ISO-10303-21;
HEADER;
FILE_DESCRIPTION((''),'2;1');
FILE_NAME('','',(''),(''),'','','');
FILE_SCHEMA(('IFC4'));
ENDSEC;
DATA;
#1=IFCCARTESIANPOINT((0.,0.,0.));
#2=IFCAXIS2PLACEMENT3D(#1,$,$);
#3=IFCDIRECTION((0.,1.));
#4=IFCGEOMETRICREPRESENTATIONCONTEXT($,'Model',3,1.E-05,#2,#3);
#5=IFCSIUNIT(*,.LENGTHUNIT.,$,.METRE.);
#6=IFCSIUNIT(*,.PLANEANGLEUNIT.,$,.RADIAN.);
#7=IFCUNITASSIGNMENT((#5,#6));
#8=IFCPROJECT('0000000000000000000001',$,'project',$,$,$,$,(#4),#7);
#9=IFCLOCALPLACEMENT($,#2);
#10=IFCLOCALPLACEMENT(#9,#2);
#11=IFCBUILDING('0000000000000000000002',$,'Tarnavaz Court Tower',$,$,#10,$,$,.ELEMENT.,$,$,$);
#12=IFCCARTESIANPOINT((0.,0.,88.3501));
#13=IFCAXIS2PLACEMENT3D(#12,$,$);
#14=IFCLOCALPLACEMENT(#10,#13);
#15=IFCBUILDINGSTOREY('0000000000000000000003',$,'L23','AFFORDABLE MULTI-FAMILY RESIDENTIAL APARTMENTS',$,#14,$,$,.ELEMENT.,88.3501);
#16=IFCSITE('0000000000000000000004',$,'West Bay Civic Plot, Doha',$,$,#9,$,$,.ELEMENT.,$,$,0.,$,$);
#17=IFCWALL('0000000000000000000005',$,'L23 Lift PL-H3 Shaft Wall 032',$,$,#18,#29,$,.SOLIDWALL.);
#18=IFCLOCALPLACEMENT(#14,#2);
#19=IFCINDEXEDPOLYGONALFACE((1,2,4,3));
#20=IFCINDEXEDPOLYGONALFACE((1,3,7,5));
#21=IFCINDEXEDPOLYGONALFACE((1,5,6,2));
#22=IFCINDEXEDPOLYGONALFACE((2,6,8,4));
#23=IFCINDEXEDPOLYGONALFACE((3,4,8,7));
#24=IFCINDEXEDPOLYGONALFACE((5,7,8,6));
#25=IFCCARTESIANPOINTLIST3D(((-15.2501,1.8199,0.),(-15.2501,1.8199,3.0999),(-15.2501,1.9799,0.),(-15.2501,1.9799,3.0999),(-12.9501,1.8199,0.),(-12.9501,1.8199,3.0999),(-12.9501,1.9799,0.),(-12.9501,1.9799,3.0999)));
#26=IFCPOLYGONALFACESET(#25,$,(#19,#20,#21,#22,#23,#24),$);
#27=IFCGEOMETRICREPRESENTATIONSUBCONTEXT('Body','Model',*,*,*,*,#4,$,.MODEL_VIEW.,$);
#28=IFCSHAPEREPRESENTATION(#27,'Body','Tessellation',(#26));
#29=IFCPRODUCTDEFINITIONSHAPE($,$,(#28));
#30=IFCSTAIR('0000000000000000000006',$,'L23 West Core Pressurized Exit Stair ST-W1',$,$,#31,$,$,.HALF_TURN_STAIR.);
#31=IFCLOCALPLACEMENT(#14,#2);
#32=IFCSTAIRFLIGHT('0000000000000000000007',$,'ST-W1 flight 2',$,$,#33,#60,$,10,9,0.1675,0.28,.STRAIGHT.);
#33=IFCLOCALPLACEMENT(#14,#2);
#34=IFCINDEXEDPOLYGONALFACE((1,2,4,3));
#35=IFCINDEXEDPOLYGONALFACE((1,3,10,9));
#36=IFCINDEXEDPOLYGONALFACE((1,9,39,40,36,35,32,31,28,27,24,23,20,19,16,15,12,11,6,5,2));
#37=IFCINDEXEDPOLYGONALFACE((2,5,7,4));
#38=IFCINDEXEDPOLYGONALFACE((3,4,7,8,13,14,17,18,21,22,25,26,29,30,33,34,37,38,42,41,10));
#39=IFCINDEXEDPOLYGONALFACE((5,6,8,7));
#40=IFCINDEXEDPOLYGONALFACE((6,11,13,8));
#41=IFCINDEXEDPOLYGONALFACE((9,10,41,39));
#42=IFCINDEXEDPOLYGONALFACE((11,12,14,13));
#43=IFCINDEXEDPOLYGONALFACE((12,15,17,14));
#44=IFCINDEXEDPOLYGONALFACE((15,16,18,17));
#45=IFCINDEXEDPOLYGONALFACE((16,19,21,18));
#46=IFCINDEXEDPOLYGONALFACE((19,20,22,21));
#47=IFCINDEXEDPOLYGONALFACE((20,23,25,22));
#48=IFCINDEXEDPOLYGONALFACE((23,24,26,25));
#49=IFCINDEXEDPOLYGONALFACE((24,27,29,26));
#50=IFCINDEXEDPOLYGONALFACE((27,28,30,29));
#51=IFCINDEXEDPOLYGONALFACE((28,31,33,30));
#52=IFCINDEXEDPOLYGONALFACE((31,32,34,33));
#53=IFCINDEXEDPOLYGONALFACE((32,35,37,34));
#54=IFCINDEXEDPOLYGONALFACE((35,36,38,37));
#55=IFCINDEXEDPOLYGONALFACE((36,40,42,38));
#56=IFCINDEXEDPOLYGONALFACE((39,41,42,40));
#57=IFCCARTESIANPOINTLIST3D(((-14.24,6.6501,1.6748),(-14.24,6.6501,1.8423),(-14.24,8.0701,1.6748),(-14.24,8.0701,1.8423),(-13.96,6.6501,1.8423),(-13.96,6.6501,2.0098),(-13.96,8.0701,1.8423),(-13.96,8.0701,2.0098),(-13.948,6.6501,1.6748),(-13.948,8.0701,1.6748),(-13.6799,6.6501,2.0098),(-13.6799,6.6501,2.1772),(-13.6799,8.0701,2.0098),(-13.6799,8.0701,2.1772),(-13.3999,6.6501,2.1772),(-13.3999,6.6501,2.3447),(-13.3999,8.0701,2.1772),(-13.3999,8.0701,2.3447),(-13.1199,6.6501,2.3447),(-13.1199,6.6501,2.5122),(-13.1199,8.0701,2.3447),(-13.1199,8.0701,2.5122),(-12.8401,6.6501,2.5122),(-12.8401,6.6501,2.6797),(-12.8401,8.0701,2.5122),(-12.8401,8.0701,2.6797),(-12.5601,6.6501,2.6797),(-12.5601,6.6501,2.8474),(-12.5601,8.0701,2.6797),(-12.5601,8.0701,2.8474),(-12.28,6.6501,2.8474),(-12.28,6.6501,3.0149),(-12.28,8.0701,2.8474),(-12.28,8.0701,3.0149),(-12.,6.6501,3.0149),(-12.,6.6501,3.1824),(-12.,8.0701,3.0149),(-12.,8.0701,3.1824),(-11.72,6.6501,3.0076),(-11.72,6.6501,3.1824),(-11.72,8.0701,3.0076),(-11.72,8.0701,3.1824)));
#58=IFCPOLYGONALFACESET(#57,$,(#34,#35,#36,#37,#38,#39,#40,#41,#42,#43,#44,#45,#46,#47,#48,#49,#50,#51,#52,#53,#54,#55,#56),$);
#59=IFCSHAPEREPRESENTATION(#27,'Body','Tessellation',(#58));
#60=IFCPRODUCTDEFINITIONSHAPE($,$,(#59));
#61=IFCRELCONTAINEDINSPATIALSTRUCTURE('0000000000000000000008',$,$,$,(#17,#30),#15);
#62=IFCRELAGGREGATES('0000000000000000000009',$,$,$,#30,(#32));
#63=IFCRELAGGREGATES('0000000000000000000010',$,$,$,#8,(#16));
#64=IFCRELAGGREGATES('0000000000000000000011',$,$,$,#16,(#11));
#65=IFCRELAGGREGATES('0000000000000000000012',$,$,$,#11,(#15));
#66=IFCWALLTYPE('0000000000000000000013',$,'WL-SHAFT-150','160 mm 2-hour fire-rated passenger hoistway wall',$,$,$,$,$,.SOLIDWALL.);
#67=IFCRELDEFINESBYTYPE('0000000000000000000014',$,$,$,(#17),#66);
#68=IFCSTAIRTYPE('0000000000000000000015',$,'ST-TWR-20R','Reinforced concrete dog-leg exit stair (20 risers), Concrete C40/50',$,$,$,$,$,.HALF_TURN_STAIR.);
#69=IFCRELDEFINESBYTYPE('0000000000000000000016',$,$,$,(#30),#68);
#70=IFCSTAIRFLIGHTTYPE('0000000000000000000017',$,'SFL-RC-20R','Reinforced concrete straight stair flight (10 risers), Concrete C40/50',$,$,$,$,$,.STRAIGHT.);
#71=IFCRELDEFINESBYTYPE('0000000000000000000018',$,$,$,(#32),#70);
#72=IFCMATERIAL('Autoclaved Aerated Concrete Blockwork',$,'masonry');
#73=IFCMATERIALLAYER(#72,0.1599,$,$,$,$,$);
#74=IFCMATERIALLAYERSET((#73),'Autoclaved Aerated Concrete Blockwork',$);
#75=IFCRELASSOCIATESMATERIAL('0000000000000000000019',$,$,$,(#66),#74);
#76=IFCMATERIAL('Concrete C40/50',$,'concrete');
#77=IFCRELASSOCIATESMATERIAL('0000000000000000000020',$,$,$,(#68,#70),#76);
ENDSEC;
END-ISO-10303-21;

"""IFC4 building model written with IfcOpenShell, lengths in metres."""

from ifc_helpers import new_model, si_unit, direction, frame, frame_2d, origin, place, context, subcontext, project, spatial, polyline, rectangle, outline, extrude, material, layer, layer_set, type_object, element, aggregate, save


model = new_model("IFC4")

# Units and contexts
model_context = context("Model", 3, precision=1e-05, world=origin(), true_north=direction((0.0, 1.0)))
body_context = subcontext(model_context, "Body", "Model", "MODEL_VIEW")
ifc_project = project(units=[si_unit("LENGTHUNIT", "METRE"), si_unit("PLANEANGLEUNIT", "RADIAN")], contexts=[model_context])

# Site, building, storey
site_placement = place(None, origin())
site = spatial("IfcSite", under=ifc_project, at=site_placement, Name="West Bay Civic Plot, Doha", CompositionType="ELEMENT", RefElevation=0.0)
building_placement = place(site_placement, origin())
building = spatial("IfcBuilding", under=site, at=building_placement, Name="Tarnavaz Court Tower", CompositionType="ELEMENT")
storey_placement = place(building_placement, frame((0.0, 0.0, 88.3501)))
storey = spatial("IfcBuildingStorey", under=building, at=storey_placement, Name="L23", Description="AFFORDABLE MULTI-FAMILY RESIDENTIAL APARTMENTS", CompositionType="ELEMENT", Elevation=88.3501)

# Shared definitions
ifc_material_1 = material(Name="Autoclaved Aerated Concrete Blockwork", Category="masonry")

# Wall
ifc_layer_1 = layer(ifc_material_1, 0.1599)
ifc_layer_set_1 = layer_set([ifc_layer_1], Name="Autoclaved Aerated Concrete Blockwork")
wall_type_1 = type_object("IfcWallType", Name="WL-SHAFT-150", Description="160 mm 2-hour fire-rated passenger hoistway wall", PredefinedType="SOLIDWALL", material=ifc_layer_set_1)
wall_1_placement = place(storey_placement, frame((-15.25, 1.8999, 0.0), z_axis=(0.0, 0.0, 1.0), x_axis=(1.0, 0.0, 0.0)))
element("IfcWall", 1, at=wall_1_placement, inside=storey, type_object=wall_type_1, Name="L23 Lift PL-H3 Shaft Wall 032", PredefinedType="SOLIDWALL", context=body_context, shape_type="SweptSolid", body=[
    extrude(rectangle(XDim=2.3, YDim=0.1599, at=frame_2d((1.1499, 0.0))), origin(), (0.0, 0.0, 1.0), 3.0999),
])

# Stair, stair flight
ifc_material_2 = material(Name="Concrete C40/50", Category="concrete")
stair_type = type_object("IfcStairType", Name="ST-TWR-20R", Description="Reinforced concrete dog-leg exit stair (20 risers), Concrete C40/50", PredefinedType="HALF_TURN_STAIR", material=ifc_material_2)
stair_placement = place(storey_placement, origin())
stair = element("IfcStair", 2, at=stair_placement, inside=storey, type_object=stair_type, Name="L23 West Core Pressurized Exit Stair ST-W1", PredefinedType="HALF_TURN_STAIR")
stair_flight_type = type_object("IfcStairFlightType", Name="SFL-RC-20R", Description="Reinforced concrete straight stair flight (10 risers), Concrete C40/50", PredefinedType="STRAIGHT", material=ifc_material_2)
stair_flight_placement = place(storey_placement, frame((-14.24, 7.3601, 1.6748), z_axis=(0.0, 0.0, 1.0), x_axis=(1.0, 0.0, 0.0)))
stair_flight = element("IfcStairFlight", 3, at=stair_flight_placement, type_object=stair_flight_type, Name="ST-W1 flight 2", NumberOfRisers=10, NumberOfTreads=9, PredefinedType="STRAIGHT", RiserHeight=0.1675, TreadLength=0.28, context=body_context, shape_type="SweptSolid", body=[
    extrude(outline(polyline([(0.0, 0.0), (0.0, 0.1675), (0.28, 0.1675), (0.28, 0.335), (0.5601, 0.335), (0.5601, 0.5024), (0.8401, 0.5024), (0.8401, 0.6699), (1.1201, 0.6699), (1.1201, 0.8374), (1.3999, 0.8374), (1.3999, 1.0049), (1.6799, 1.0049), (1.6799, 1.1726), (1.96, 1.1726), (1.96, 1.3401), (2.24, 1.3401), (2.24, 1.5076), (2.52, 1.5076), (2.52, 1.675), (2.52, 1.3328), (0.292, 0.0), (0.0, 0.0)])), frame((0.0, 0.71, 0.0), z_axis=(0.0, -1.0, 0.0), x_axis=(1.0, 0.0, 0.0)), (0.0, 0.0, 1.0), 1.4199),
])
aggregate(stair, [stair_flight])

save(model, "model.ifc")
